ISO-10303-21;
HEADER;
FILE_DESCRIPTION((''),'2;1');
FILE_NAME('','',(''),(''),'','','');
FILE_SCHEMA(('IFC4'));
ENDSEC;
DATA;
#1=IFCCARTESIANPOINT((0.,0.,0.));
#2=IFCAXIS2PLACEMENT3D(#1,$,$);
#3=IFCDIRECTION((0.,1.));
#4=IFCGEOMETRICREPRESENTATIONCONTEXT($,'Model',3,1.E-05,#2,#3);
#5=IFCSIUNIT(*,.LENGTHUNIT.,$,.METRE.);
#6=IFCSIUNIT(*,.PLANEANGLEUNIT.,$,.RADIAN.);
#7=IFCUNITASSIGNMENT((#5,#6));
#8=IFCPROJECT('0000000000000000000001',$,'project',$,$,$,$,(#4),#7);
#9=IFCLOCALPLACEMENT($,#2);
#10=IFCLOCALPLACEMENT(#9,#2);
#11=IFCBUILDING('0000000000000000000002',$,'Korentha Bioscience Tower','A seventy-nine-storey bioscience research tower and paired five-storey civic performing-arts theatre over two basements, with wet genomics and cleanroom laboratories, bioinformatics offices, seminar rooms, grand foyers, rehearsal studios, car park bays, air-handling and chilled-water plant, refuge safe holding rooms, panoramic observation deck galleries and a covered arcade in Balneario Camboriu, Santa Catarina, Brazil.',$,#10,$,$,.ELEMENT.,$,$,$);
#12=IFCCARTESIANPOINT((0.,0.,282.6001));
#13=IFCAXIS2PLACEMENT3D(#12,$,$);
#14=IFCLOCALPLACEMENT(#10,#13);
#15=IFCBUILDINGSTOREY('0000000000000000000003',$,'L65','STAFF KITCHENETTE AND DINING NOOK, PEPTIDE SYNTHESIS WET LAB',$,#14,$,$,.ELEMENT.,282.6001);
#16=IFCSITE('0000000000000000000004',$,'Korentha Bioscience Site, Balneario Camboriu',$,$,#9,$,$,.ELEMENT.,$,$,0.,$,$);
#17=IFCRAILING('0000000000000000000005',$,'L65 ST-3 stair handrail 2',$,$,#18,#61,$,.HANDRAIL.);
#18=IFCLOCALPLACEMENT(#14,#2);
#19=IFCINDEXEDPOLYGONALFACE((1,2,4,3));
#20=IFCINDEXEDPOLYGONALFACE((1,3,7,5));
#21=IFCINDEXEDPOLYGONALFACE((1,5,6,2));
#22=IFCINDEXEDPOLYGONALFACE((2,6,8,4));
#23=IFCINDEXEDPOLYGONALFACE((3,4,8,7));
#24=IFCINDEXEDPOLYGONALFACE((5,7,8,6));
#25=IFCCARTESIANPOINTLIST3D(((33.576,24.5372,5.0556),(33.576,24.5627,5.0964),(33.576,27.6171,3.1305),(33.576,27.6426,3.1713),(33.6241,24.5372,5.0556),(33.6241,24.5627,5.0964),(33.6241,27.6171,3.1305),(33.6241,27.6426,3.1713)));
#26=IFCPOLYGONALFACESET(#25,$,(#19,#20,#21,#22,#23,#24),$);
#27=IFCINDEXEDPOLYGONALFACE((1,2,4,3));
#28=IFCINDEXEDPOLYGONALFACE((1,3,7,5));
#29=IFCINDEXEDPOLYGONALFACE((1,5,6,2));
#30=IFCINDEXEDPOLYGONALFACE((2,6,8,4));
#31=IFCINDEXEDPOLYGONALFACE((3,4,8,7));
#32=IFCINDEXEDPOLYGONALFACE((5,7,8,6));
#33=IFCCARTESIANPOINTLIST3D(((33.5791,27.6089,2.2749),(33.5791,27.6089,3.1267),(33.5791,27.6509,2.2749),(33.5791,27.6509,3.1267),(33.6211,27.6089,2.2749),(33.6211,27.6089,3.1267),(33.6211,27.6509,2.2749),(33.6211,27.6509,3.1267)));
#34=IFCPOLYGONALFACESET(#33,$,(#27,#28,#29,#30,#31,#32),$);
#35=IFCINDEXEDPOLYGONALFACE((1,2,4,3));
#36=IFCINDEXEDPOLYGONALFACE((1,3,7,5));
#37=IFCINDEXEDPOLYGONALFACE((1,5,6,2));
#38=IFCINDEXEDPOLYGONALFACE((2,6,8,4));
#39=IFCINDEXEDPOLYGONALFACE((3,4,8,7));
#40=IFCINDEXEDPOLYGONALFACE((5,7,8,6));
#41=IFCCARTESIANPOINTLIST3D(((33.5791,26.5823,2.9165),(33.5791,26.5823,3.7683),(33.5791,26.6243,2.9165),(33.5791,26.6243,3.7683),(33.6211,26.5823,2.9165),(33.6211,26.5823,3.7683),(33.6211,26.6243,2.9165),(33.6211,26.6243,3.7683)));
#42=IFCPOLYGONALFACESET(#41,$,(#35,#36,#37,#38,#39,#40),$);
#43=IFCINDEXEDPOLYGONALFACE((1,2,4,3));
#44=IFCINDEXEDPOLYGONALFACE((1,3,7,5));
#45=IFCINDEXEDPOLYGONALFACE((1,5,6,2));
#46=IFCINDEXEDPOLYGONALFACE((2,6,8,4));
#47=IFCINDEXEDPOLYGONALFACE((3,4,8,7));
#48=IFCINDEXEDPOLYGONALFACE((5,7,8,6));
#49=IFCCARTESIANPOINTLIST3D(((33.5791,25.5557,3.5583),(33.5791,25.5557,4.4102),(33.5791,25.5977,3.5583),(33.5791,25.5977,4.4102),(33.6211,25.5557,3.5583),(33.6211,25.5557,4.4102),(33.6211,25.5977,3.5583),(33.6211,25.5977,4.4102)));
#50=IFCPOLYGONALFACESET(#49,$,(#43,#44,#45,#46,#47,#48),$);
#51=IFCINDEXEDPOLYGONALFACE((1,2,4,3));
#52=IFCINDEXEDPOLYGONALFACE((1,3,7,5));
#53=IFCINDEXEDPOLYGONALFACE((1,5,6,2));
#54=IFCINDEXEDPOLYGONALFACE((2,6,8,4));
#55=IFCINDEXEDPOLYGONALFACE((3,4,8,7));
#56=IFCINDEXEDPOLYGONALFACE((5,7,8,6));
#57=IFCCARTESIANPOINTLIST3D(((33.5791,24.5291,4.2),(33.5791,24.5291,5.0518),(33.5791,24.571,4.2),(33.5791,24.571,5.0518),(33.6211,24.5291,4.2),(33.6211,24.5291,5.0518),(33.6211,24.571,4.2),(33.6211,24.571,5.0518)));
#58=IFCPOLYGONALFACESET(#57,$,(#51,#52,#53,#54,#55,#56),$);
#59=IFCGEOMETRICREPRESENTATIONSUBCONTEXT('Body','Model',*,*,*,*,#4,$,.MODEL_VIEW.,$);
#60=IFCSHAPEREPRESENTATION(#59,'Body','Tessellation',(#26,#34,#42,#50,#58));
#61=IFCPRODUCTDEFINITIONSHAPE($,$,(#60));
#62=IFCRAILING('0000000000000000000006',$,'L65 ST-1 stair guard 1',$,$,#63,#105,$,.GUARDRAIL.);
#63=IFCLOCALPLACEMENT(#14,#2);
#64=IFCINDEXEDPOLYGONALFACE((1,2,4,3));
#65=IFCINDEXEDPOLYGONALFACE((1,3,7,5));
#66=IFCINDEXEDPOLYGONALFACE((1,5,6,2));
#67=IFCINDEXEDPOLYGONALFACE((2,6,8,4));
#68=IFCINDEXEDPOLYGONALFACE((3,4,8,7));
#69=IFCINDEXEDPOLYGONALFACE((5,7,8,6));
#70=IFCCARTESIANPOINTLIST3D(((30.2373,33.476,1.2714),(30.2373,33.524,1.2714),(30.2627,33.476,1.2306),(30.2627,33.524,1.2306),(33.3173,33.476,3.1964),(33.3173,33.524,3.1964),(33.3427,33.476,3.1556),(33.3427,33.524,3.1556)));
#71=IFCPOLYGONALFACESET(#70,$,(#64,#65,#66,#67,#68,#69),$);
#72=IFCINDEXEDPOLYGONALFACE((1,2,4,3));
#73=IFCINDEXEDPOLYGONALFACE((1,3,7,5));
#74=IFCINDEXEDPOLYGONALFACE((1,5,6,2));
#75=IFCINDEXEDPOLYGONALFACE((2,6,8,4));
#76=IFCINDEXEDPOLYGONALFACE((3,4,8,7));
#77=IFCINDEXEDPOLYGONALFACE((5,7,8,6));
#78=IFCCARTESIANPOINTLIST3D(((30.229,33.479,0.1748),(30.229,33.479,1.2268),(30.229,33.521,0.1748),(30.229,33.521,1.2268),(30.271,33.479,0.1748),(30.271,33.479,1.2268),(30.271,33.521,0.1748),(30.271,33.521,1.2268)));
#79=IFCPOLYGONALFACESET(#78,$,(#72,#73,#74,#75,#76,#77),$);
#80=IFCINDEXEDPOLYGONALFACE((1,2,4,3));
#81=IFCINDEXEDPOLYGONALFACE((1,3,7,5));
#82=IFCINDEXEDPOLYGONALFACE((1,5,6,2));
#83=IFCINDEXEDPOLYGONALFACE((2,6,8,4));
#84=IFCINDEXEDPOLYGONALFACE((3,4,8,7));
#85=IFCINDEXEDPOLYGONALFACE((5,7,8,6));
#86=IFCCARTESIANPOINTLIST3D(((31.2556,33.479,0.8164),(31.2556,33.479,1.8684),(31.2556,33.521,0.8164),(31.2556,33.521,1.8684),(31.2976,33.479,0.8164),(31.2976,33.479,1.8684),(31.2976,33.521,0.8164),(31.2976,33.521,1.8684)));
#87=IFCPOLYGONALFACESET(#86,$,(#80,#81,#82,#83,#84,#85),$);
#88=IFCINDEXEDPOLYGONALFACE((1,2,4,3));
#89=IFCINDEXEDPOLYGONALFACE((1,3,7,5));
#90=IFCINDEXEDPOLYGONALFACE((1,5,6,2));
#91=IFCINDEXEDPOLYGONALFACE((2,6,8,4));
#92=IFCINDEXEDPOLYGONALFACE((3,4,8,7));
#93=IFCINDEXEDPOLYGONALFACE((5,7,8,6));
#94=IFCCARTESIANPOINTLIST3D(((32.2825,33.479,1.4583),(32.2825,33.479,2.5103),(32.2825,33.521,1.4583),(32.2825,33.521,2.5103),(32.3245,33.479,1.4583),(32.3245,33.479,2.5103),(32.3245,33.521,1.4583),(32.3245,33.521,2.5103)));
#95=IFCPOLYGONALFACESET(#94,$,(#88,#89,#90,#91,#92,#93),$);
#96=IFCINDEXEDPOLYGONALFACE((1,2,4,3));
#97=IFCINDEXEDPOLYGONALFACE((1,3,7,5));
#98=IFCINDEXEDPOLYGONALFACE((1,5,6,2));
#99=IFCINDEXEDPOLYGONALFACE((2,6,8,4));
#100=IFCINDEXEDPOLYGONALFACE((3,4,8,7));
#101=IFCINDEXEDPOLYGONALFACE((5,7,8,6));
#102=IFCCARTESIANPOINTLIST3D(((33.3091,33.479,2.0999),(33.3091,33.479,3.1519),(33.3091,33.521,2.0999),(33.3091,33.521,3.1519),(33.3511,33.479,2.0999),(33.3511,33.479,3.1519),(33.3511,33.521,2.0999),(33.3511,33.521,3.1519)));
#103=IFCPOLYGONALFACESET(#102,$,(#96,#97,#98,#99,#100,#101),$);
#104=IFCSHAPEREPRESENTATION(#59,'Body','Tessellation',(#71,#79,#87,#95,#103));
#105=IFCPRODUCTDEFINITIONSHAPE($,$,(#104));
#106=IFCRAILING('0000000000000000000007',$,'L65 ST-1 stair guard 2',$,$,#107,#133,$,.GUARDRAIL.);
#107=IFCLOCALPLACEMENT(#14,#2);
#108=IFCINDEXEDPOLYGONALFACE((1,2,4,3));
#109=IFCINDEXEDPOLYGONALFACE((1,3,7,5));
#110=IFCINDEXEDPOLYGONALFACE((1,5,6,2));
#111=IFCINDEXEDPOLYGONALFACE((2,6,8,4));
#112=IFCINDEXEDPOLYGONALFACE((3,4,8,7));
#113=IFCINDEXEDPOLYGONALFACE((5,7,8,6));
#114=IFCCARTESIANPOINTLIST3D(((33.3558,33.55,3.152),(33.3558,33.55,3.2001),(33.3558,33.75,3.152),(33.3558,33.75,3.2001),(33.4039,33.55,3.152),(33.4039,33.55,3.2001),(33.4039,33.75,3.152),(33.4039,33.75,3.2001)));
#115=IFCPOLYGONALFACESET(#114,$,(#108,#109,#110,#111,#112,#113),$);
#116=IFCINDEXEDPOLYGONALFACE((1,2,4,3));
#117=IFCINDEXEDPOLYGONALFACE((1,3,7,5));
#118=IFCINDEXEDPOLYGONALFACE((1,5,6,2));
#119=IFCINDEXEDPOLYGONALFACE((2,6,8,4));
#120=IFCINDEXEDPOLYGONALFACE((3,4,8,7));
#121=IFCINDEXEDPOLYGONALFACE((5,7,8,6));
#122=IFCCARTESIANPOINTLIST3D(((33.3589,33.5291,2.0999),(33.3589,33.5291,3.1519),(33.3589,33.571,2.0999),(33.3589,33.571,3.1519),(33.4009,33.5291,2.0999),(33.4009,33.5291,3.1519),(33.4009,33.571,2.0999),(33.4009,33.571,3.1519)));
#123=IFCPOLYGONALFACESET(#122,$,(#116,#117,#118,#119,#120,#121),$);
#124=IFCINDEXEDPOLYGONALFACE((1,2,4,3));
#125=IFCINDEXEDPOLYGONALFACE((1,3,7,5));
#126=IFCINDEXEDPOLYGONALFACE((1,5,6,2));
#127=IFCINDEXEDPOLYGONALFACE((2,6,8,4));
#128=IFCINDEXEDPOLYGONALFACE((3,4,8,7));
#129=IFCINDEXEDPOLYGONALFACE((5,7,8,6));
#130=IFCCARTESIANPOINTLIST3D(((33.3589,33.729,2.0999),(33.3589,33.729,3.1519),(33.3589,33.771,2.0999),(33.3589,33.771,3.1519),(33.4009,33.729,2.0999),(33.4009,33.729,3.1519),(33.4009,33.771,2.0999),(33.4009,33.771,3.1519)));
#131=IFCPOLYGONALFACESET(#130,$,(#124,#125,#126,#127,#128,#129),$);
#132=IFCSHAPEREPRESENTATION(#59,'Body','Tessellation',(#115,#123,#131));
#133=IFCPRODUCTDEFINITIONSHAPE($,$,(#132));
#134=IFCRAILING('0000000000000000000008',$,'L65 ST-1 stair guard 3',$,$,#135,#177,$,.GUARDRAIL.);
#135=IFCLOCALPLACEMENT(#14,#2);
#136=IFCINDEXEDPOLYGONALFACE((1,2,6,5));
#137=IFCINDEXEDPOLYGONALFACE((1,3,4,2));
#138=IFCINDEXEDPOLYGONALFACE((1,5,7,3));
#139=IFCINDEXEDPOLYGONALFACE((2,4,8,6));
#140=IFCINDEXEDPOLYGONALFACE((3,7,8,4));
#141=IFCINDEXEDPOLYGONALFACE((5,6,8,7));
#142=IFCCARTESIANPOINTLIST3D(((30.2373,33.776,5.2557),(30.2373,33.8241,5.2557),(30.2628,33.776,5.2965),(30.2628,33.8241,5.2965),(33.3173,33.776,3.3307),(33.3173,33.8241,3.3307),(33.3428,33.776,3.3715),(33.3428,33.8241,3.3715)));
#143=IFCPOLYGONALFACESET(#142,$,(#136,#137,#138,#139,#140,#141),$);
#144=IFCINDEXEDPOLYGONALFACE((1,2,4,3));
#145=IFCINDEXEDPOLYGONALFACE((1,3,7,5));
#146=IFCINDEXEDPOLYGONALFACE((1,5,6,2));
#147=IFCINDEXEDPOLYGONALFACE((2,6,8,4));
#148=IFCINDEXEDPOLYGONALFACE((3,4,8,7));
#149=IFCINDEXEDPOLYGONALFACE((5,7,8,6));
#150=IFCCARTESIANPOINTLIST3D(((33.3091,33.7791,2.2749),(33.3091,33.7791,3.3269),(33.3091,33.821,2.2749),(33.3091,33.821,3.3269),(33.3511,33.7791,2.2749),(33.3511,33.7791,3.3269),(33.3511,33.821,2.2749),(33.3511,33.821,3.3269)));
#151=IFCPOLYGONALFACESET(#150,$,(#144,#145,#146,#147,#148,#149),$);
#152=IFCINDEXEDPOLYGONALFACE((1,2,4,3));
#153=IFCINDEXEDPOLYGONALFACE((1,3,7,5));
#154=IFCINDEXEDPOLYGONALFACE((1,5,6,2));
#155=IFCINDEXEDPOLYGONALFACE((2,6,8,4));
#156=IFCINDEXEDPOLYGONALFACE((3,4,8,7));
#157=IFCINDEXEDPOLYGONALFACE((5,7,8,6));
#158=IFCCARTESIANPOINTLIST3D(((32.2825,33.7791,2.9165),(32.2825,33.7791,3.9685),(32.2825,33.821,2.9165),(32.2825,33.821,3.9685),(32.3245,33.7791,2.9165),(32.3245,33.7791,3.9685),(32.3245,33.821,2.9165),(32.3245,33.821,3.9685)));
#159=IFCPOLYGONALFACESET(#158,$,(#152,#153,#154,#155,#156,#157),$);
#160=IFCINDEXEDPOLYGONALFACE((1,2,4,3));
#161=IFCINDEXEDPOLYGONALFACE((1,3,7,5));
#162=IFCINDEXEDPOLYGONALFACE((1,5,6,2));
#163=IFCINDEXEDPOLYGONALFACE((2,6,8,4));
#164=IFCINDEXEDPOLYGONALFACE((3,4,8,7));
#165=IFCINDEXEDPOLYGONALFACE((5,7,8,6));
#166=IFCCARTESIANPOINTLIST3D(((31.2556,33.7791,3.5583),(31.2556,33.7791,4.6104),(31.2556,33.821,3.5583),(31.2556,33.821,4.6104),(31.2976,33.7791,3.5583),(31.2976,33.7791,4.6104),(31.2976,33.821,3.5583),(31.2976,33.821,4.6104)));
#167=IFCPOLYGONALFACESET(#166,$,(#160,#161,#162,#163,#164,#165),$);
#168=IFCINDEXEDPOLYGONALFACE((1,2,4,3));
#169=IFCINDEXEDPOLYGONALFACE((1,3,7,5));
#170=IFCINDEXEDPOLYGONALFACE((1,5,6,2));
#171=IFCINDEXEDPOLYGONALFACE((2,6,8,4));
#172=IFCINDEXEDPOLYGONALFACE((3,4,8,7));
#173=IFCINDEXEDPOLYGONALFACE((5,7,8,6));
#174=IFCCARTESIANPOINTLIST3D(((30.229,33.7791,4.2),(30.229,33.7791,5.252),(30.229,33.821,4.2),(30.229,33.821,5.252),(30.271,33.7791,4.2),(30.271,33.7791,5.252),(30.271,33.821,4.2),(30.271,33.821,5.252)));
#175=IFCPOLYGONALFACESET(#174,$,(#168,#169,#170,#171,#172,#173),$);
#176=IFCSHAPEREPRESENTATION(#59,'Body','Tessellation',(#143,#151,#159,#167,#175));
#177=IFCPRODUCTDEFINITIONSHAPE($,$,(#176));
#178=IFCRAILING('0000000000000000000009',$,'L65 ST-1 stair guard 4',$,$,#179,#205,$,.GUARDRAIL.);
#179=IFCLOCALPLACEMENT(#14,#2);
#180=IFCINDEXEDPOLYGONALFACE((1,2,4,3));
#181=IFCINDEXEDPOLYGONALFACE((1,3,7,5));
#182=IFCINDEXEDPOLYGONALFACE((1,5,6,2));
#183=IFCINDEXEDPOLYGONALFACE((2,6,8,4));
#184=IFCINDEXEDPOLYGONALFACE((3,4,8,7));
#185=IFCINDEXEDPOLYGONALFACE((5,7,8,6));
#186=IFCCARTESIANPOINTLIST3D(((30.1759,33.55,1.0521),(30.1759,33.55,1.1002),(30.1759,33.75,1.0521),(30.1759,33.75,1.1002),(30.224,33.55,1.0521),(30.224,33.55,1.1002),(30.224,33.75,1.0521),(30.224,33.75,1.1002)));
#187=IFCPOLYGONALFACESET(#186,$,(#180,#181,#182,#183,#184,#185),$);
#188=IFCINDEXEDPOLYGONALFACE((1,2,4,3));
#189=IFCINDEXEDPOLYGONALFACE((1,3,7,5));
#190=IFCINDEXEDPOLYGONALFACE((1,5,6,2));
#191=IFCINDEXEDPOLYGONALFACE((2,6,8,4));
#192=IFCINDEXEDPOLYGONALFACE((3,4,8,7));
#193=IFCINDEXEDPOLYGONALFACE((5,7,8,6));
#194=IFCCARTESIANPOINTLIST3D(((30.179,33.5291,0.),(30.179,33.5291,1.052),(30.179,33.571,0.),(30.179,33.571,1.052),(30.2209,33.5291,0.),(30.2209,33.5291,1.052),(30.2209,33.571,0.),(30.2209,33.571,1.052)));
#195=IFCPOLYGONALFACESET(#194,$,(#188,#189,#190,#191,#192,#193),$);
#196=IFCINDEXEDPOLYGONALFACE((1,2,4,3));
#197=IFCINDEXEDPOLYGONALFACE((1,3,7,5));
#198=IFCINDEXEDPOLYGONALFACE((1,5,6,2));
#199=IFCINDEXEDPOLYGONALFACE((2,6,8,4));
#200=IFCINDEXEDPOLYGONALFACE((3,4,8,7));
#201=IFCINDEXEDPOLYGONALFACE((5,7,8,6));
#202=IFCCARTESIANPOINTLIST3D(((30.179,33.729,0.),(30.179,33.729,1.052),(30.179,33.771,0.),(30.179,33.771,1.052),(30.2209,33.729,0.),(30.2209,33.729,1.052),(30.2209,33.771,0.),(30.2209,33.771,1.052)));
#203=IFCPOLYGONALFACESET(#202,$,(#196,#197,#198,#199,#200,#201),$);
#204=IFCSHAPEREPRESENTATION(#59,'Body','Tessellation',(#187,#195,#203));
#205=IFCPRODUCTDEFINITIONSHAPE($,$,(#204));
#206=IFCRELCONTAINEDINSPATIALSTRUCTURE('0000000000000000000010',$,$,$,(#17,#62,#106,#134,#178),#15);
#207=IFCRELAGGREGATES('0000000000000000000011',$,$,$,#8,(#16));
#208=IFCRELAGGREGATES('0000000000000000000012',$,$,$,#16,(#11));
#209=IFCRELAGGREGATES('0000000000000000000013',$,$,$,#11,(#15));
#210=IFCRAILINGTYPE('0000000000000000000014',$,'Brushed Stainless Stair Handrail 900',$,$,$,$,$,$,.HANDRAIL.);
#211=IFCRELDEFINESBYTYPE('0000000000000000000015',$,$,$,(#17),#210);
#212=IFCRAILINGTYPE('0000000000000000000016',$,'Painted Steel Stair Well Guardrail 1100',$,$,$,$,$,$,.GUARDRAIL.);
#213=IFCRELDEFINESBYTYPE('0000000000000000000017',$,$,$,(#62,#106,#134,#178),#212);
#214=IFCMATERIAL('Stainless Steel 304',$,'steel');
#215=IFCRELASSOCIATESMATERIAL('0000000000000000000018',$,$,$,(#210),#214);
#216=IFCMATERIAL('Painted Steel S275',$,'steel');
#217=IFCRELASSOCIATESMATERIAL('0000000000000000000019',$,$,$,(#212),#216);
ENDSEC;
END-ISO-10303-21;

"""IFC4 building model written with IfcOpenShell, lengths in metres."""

from ifc_helpers import new_model, si_unit, direction, frame, origin, origin_2d, place, context, subcontext, project, spatial, rectangle, extrude, material, type_object, element, save


model = new_model("IFC4")

# Units and contexts
model_context = context("Model", 3, precision=1e-05, world=origin(), true_north=direction((0.0, 1.0)))
body_context = subcontext(model_context, "Body", "Model", "MODEL_VIEW")
ifc_project = project(units=[si_unit("LENGTHUNIT", "METRE"), si_unit("PLANEANGLEUNIT", "RADIAN")], contexts=[model_context])

# Site, building, storey
site_placement = place(None, origin())
site = spatial("IfcSite", under=ifc_project, at=site_placement, Name="Korentha Bioscience Site, Balneario Camboriu", CompositionType="ELEMENT", RefElevation=0.0)
building_placement = place(site_placement, origin())
building = spatial("IfcBuilding", under=site, at=building_placement, Name="Korentha Bioscience Tower", Description="A seventy-nine-storey bioscience research tower and paired five-storey civic performing-arts theatre over two basements, with wet genomics and cleanroom laboratories, bioinformatics offices, seminar rooms, grand foyers, rehearsal studios, car park bays, air-handling and chilled-water plant, refuge safe holding rooms, panoramic observation deck galleries and a covered arcade in Balneario Camboriu, Santa Catarina, Brazil.", CompositionType="ELEMENT")
storey_placement = place(building_placement, frame((0.0, 0.0, 282.6001)))
storey = spatial("IfcBuildingStorey", under=building, at=storey_placement, Name="L65", Description="STAFF KITCHENETTE AND DINING NOOK, PEPTIDE SYNTHESIS WET LAB", CompositionType="ELEMENT", Elevation=282.6001)

# Railings
ifc_material_1 = material(Name="Stainless Steel 304", Category="steel")
railing_type_1 = type_object("IfcRailingType", Name="Brushed Stainless Stair Handrail 900", PredefinedType="HANDRAIL", material=ifc_material_1)
railing_1_placement = place(storey_placement, frame((33.6001, 27.6299, 2.2749)))
element("IfcRailing", 1, at=railing_1_placement, inside=storey, type_object=railing_type_1, Name="L65 ST-3 stair handrail 2", PredefinedType="HANDRAIL", context=body_context, shape_type="SweptSolid", body=[
    extrude(rectangle(XDim=0.0481, YDim=0.0481, at=origin_2d()), frame((0.0, 0.0, 0.876), z_axis=(0.0, -0.847979, 0.530029), x_axis=(1.0, 0.0, 0.0)), (0.0, 0.0, 1.0), 3.6321),
    extrude(rectangle(XDim=0.042, YDim=0.042, at=origin_2d()), origin(), (0.0, 0.0, 1.0), 0.8518),
    extrude(rectangle(XDim=0.042, YDim=0.042, at=origin_2d()), frame((0.0, -1.0266, 0.6416)), (0.0, 0.0, 1.0), 0.8518),
    extrude(rectangle(XDim=0.042, YDim=0.042, at=origin_2d()), frame((0.0, -2.0532, 1.2834)), (0.0, 0.0, 1.0), 0.8518),
    extrude(rectangle(XDim=0.042, YDim=0.042, at=origin_2d()), frame((0.0, -3.0798, 1.925)), (0.0, 0.0, 1.0), 0.8518),
])
ifc_material_2 = material(Name="Painted Steel S275", Category="steel")
railing_type_2 = type_object("IfcRailingType", Name="Painted Steel Stair Well Guardrail 1100", PredefinedType="GUARDRAIL", material=ifc_material_2)
railing_2_placement = place(storey_placement, frame((30.25, 33.5, 0.1748)))
element("IfcRailing", 2, at=railing_2_placement, inside=storey, type_object=railing_type_2, Name="L65 ST-1 stair guard 1", PredefinedType="GUARDRAIL", context=body_context, shape_type="SweptSolid", body=[
    extrude(rectangle(XDim=0.0481, YDim=0.0481, at=origin_2d()), frame((0.0, 0.0, 1.0762), z_axis=(0.847998, 0.0, 0.529999), x_axis=(0.0, 1.0, 0.0)), (0.0, 0.0, 1.0), 3.6321),
    extrude(rectangle(XDim=0.042, YDim=0.042, at=origin_2d()), origin(), (0.0, 0.0, 1.0), 1.052),
    extrude(rectangle(XDim=0.042, YDim=0.042, at=origin_2d()), frame((1.0266, 0.0, 0.6416)), (0.0, 0.0, 1.0), 1.052),
    extrude(rectangle(XDim=0.042, YDim=0.042, at=origin_2d()), frame((2.0535, 0.0, 1.2834)), (0.0, 0.0, 1.0), 1.052),
    extrude(rectangle(XDim=0.042, YDim=0.042, at=origin_2d()), frame((3.0801, 0.0, 1.925)), (0.0, 0.0, 1.0), 1.052),
])
railing_3_placement = place(storey_placement, frame((33.3799, 33.55, 2.0999)))
element("IfcRailing", 3, at=railing_3_placement, inside=storey, type_object=railing_type_2, Name="L65 ST-1 stair guard 2", PredefinedType="GUARDRAIL", context=body_context, shape_type="SweptSolid", body=[
    extrude(rectangle(XDim=0.0481, YDim=0.0481, at=origin_2d()), frame((0.0, 0.0, 1.0762), z_axis=(0.0, 1.0, 0.0), x_axis=(-1.0, 0.0, 0.0)), (0.0, 0.0, 1.0), 0.2),
    extrude(rectangle(XDim=0.042, YDim=0.042, at=origin_2d()), origin(), (0.0, 0.0, 1.0), 1.052),
    extrude(rectangle(XDim=0.042, YDim=0.042, at=origin_2d()), frame((0.0, 0.2, 0.0)), (0.0, 0.0, 1.0), 1.052),
])
railing_4_placement = place(storey_placement, frame((33.3301, 33.8, 2.2749)))
element("IfcRailing", 4, at=railing_4_placement, inside=storey, type_object=railing_type_2, Name="L65 ST-1 stair guard 3", PredefinedType="GUARDRAIL", context=body_context, shape_type="SweptSolid", body=[
    extrude(rectangle(XDim=0.0481, YDim=0.0481, at=origin_2d()), frame((0.0, 0.0, 1.0762), z_axis=(-0.847998, 0.0, 0.529999), x_axis=(0.0, -1.0, 0.0)), (0.0, 0.0, 1.0), 3.6321),
    extrude(rectangle(XDim=0.042, YDim=0.042, at=origin_2d()), origin(), (0.0, 0.0, 1.0), 1.052),
    extrude(rectangle(XDim=0.042, YDim=0.042, at=origin_2d()), frame((-1.0266, 0.0, 0.6416)), (0.0, 0.0, 1.0), 1.052),
    extrude(rectangle(XDim=0.042, YDim=0.042, at=origin_2d()), frame((-2.0535, 0.0, 1.2834)), (0.0, 0.0, 1.0), 1.052),
    extrude(rectangle(XDim=0.042, YDim=0.042, at=origin_2d()), frame((-3.0801, 0.0, 1.925)), (0.0, 0.0, 1.0), 1.052),
])
railing_5_placement = place(storey_placement, frame((30.2, 33.55, 0.0)))
element("IfcRailing", 5, at=railing_5_placement, inside=storey, type_object=railing_type_2, Name="L65 ST-1 stair guard 4", PredefinedType="GUARDRAIL", context=body_context, shape_type="SweptSolid", body=[
    extrude(rectangle(XDim=0.0481, YDim=0.0481, at=origin_2d()), frame((0.0, 0.0, 1.0762), z_axis=(0.0, 1.0, 0.0), x_axis=(-1.0, 0.0, 0.0)), (0.0, 0.0, 1.0), 0.2),
    extrude(rectangle(XDim=0.042, YDim=0.042, at=origin_2d()), origin(), (0.0, 0.0, 1.0), 1.052),
    extrude(rectangle(XDim=0.042, YDim=0.042, at=origin_2d()), frame((0.0, 0.2, 0.0)), (0.0, 0.0, 1.0), 1.052),
])

save(model, "model.ifc")
